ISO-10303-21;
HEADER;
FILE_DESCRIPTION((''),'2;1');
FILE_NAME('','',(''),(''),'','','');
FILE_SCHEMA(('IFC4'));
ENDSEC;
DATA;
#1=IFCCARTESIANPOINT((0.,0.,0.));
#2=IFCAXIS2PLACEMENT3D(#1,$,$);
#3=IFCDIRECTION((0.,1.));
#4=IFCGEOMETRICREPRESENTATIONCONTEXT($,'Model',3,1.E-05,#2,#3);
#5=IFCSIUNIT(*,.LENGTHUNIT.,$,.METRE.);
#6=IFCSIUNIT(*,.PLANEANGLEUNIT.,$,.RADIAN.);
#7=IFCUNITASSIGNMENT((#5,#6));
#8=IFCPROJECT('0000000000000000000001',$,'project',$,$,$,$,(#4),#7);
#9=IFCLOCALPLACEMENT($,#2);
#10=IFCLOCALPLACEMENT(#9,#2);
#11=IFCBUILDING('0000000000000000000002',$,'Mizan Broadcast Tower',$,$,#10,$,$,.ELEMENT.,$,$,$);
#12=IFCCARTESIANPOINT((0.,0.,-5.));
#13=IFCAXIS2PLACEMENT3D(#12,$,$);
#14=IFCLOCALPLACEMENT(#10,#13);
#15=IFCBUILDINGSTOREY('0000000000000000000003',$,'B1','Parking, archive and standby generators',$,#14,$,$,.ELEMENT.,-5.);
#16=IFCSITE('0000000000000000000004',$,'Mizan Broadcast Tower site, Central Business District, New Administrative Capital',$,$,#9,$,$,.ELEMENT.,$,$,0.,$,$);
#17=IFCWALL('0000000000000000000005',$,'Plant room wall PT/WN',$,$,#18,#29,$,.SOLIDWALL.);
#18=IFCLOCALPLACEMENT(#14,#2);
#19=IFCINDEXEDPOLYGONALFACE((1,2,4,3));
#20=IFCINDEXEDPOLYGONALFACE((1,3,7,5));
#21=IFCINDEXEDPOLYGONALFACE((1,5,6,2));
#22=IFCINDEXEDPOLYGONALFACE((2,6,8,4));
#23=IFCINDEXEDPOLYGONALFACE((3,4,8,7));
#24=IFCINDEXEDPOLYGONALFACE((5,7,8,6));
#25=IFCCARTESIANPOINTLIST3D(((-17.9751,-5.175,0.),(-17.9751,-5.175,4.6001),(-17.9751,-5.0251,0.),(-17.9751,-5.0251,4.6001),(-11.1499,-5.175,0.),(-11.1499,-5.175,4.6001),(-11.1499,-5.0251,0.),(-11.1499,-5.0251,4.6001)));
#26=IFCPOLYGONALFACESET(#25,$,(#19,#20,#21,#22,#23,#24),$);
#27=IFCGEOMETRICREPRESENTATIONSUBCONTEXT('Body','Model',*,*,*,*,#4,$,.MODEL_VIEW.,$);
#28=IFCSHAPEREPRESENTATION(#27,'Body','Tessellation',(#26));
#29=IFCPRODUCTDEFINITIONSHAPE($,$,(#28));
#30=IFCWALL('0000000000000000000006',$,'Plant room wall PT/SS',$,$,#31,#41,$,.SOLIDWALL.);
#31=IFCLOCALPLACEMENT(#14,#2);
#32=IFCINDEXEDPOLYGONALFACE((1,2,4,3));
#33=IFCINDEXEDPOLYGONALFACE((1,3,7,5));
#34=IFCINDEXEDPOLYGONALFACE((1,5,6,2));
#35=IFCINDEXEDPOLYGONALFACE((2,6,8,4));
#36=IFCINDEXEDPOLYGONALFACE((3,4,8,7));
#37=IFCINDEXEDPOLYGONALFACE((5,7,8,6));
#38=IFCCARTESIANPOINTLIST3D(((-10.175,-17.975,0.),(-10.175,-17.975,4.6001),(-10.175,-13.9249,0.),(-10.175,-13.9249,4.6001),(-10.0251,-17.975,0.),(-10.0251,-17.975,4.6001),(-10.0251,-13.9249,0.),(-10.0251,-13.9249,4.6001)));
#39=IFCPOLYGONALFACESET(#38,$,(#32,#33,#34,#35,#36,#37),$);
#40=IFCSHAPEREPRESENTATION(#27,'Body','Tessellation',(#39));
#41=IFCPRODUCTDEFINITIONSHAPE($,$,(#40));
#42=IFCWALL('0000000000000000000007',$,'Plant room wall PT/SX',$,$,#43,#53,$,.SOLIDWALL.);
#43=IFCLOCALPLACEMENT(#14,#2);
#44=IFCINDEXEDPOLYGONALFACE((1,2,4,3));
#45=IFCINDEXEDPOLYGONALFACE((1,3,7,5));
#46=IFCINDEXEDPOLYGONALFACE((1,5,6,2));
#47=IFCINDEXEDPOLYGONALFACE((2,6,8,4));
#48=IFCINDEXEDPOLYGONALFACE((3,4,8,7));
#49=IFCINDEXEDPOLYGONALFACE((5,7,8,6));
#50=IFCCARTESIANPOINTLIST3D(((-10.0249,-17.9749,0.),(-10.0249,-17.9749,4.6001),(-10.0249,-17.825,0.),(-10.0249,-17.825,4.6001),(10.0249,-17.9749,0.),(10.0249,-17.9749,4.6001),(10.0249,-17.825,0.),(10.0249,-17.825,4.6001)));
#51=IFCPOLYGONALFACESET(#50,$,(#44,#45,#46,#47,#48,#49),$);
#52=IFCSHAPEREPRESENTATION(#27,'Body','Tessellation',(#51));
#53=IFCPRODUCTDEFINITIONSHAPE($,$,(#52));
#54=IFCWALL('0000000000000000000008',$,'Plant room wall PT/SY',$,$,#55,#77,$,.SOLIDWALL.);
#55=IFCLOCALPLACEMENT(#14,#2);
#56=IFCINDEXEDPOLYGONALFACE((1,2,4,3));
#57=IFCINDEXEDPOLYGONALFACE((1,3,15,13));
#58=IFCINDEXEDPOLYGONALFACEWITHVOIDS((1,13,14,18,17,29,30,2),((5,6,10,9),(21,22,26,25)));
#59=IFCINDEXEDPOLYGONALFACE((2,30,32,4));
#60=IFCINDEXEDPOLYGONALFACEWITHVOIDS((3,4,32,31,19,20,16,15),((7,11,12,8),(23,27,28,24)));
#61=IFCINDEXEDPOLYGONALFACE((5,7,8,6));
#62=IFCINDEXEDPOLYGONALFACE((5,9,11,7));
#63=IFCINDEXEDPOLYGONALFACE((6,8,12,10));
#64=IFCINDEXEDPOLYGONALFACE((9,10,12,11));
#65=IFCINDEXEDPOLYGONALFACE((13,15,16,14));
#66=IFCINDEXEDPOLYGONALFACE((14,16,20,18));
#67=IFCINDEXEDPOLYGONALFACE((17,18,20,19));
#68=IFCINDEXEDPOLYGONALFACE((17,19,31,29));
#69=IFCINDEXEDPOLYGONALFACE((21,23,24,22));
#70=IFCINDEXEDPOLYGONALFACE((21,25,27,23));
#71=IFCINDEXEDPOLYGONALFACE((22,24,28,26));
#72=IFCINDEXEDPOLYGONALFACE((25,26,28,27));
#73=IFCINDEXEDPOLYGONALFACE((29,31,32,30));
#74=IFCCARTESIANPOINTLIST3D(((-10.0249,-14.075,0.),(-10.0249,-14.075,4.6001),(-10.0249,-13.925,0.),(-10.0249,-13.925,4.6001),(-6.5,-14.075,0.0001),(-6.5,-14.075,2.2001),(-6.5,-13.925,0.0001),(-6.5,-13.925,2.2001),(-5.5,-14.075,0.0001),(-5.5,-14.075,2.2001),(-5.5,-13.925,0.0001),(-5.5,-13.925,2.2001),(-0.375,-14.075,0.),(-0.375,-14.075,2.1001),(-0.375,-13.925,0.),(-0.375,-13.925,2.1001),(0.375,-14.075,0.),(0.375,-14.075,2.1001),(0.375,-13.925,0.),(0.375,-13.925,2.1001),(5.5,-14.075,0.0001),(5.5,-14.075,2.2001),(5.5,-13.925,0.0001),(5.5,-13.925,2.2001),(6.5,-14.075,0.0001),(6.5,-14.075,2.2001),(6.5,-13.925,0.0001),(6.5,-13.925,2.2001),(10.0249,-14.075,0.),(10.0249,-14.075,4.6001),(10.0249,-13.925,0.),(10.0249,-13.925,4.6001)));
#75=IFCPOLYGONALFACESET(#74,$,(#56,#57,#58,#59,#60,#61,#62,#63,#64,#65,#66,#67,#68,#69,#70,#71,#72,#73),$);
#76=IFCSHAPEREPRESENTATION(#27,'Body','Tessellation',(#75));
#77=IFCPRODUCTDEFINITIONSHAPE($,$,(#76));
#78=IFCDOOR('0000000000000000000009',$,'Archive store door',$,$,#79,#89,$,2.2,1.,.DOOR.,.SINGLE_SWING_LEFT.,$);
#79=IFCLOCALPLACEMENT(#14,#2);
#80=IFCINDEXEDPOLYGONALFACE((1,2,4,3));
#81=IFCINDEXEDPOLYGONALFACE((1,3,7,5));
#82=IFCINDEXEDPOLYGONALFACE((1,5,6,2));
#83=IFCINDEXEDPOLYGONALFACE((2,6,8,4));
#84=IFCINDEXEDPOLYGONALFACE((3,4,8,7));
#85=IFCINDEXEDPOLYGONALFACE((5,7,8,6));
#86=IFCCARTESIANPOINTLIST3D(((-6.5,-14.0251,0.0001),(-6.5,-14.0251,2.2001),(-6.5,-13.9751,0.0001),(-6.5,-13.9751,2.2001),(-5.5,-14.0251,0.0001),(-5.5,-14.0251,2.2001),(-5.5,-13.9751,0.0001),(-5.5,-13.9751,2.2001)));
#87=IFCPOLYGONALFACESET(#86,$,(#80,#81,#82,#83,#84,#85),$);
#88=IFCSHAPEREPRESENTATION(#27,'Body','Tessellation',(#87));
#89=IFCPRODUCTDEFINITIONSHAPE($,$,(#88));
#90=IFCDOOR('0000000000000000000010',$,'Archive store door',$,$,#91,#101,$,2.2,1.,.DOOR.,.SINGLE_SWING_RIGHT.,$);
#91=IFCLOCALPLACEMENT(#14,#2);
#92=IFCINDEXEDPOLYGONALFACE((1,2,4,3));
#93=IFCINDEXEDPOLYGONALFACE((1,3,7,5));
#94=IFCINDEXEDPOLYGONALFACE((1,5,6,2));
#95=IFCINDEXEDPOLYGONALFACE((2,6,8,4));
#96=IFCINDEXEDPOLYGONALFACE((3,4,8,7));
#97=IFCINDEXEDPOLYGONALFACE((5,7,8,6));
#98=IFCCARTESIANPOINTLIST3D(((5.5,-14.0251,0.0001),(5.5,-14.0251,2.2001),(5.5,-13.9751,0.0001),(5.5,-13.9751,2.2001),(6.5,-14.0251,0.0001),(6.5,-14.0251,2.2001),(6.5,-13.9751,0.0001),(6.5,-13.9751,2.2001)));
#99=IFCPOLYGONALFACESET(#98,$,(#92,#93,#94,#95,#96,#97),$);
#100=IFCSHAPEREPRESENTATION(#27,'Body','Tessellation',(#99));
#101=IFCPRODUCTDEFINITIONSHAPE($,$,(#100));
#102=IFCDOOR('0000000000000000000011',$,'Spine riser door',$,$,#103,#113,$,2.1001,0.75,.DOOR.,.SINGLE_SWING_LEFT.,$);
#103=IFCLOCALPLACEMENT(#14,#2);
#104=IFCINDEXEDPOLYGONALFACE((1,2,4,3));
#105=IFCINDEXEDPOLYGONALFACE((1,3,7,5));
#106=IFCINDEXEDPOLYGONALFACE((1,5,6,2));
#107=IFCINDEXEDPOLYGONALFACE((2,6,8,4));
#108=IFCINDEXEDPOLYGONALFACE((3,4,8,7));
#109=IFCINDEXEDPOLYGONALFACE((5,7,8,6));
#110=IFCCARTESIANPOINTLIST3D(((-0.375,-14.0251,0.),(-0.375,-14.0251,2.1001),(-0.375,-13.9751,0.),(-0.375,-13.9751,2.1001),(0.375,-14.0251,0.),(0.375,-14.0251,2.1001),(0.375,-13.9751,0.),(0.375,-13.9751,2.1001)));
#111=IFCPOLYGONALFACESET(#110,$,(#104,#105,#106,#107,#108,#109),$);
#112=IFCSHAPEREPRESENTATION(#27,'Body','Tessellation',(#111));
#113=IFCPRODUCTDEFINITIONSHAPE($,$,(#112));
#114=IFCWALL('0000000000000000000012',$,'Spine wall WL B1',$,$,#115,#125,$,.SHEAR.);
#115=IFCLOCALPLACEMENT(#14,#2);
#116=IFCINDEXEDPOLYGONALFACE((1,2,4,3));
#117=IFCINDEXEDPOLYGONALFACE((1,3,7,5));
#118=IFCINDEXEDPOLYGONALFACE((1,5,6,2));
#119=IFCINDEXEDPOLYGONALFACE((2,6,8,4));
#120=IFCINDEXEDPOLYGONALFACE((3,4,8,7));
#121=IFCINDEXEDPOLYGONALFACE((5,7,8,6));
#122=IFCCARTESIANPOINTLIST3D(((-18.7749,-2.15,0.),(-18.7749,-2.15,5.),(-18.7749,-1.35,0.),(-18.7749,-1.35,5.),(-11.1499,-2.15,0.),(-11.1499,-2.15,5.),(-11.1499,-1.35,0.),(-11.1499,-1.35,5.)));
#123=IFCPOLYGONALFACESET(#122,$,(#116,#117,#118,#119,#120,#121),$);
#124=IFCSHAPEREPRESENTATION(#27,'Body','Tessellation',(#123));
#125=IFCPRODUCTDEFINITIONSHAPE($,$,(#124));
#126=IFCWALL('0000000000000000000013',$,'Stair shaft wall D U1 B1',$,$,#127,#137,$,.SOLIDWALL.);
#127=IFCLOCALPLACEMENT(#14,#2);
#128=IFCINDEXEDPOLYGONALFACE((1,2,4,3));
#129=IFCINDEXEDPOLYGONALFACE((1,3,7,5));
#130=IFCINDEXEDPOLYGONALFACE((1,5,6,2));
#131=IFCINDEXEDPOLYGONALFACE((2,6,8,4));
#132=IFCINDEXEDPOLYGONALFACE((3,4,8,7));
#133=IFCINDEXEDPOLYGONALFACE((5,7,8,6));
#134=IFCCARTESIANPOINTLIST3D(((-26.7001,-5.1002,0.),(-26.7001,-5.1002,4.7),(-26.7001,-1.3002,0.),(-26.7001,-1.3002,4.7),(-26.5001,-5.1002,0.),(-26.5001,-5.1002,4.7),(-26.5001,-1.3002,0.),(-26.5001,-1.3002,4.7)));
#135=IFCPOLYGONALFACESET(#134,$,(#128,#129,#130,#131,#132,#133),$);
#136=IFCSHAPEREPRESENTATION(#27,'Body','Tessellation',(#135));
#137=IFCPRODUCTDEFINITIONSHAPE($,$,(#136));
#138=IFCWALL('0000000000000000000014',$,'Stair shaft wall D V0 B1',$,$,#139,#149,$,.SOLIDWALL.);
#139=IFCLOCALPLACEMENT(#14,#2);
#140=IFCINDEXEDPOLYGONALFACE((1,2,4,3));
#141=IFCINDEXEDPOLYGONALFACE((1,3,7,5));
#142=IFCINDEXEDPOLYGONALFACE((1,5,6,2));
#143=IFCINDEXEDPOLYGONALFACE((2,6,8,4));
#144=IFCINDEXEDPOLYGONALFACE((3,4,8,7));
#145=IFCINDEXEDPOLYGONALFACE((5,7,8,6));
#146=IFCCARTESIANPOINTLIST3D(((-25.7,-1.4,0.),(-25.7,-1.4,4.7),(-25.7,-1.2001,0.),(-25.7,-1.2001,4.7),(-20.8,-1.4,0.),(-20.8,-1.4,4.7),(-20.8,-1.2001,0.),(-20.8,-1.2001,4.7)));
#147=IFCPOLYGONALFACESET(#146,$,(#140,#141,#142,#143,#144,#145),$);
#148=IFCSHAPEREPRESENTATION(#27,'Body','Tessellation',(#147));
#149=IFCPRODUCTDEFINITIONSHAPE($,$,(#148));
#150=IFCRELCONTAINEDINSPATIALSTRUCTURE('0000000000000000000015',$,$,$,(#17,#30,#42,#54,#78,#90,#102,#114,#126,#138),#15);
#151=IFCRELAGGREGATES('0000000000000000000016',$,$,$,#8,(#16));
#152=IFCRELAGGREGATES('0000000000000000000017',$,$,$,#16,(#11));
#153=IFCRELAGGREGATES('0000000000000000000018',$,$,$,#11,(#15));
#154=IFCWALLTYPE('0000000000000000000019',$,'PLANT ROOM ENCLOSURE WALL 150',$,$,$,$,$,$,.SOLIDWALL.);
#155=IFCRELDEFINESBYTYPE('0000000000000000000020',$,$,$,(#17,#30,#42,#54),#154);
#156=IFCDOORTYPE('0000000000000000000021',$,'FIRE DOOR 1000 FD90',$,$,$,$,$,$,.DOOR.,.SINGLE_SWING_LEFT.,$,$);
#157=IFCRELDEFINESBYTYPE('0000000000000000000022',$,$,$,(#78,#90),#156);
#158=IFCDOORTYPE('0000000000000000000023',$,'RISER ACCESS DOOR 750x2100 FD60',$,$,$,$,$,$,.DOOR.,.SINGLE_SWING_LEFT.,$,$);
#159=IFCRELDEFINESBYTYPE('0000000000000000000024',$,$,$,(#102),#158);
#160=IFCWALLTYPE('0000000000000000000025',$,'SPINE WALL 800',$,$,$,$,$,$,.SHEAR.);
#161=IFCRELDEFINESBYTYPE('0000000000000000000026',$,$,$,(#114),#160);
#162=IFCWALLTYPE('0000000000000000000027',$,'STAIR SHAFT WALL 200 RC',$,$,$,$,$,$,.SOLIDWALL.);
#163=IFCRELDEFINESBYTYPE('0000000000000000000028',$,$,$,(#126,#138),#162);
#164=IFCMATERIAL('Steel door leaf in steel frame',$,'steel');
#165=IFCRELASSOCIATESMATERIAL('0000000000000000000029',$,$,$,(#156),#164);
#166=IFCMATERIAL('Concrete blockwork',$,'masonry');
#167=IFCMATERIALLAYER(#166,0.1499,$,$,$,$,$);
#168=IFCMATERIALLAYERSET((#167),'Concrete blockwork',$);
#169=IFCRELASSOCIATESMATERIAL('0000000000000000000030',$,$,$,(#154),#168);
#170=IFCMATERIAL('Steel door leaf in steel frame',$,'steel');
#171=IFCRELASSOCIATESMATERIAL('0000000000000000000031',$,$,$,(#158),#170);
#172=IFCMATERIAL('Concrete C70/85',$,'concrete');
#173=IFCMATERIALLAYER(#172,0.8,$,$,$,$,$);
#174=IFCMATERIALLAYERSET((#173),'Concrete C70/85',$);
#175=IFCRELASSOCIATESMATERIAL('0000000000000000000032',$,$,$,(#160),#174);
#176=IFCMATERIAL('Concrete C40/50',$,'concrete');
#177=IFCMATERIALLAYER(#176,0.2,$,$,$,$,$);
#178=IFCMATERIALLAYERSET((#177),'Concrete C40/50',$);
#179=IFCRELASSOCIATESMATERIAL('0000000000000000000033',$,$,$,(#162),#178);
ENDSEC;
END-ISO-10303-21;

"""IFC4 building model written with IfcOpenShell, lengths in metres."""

from ifc_helpers import new_model, si_unit, direction, frame, frame_2d, origin, place, context, subcontext, project, spatial, rectangle, extrude, material, layer, layer_set, type_object, element, fill, save


model = new_model("IFC4")

# Units and contexts
model_context = context("Model", 3, precision=1e-05, world=origin(), true_north=direction((0.0, 1.0)))
body_context = subcontext(model_context, "Body", "Model", "MODEL_VIEW")
ifc_project = project(units=[si_unit("LENGTHUNIT", "METRE"), si_unit("PLANEANGLEUNIT", "RADIAN")], contexts=[model_context])

# Site, building, storey
site_placement = place(None, origin())
site = spatial("IfcSite", under=ifc_project, at=site_placement, Name="Mizan Broadcast Tower site, Central Business District, New Administrative Capital", CompositionType="ELEMENT", RefElevation=0.0)
building_placement = place(site_placement, origin())
building = spatial("IfcBuilding", under=site, at=building_placement, Name="Mizan Broadcast Tower", CompositionType="ELEMENT")
storey_placement = place(building_placement, frame((0.0, 0.0, -5.0)))
storey = spatial("IfcBuildingStorey", under=building, at=storey_placement, Name="B1", Description="Parking, archive and standby generators", CompositionType="ELEMENT", Elevation=-5.0)

# Shared definitions
ifc_material_1 = material(Name="Steel door leaf in steel frame", Category="steel")
door_type_1 = type_object("IfcDoorType", Name="FIRE DOOR 1000 FD90", OperationType="SINGLE_SWING_LEFT", PredefinedType="DOOR", material=ifc_material_1)

# Walls
ifc_material_2 = material(Name="Concrete blockwork", Category="masonry")
ifc_layer_1 = layer(ifc_material_2, 0.1499)
ifc_layer_set_1 = layer_set([ifc_layer_1], Name="Concrete blockwork")
wall_type_1 = type_object("IfcWallType", Name="PLANT ROOM ENCLOSURE WALL 150", PredefinedType="SOLIDWALL", material=ifc_layer_set_1)
wall_1_placement = place(storey_placement, frame((-11.1499, -5.1001, 0.0), z_axis=(0.0, 0.0, 1.0), x_axis=(-1.0, 0.0, 0.0)))
element("IfcWall", 1, at=wall_1_placement, inside=storey, type_object=wall_type_1, Name="Plant room wall PT/WN", PredefinedType="SOLIDWALL", context=body_context, shape_type="SweptSolid", body=[
    extrude(rectangle(XDim=6.8252, YDim=0.1499, at=frame_2d((3.4126, 0.0))), origin(), (0.0, 0.0, 1.0), 4.6001),
])
wall_2_placement = place(storey_placement, frame((-10.1001, -13.925, 0.0), z_axis=(0.0, 0.0, 1.0), x_axis=(0.0, -1.0, 0.0)))
element("IfcWall", 2, at=wall_2_placement, inside=storey, type_object=wall_type_1, Name="Plant room wall PT/SS", PredefinedType="SOLIDWALL", context=body_context, shape_type="SweptSolid", body=[
    extrude(rectangle(XDim=4.05, YDim=0.1499, at=frame_2d((2.0249, 0.0))), origin(), (0.0, 0.0, 1.0), 4.6001),
])
wall_3_placement = place(storey_placement, frame((-10.0249, -17.8999, 0.0), z_axis=(0.0, 0.0, 1.0), x_axis=(1.0, 0.0, 0.0)))
element("IfcWall", 3, at=wall_3_placement, inside=storey, type_object=wall_type_1, Name="Plant room wall PT/SX", PredefinedType="SOLIDWALL", context=body_context, shape_type="SweptSolid", body=[
    extrude(rectangle(XDim=20.0498, YDim=0.1499, at=frame_2d((10.0249, 0.0))), origin(), (0.0, 0.0, 1.0), 4.6001),
])

# Wall, openings, doors
wall_4_placement = place(storey_placement, frame((-10.0249, -14.0, 0.0), z_axis=(0.0, 0.0, 1.0), x_axis=(1.0, 0.0, 0.0)))
wall_4 = element("IfcWall", 4, at=wall_4_placement, inside=storey, type_object=wall_type_1, Name="Plant room wall PT/SY", PredefinedType="SOLIDWALL", context=body_context, shape_type="SweptSolid", body=[
    extrude(rectangle(XDim=20.0498, YDim=0.1499, at=frame_2d((10.0249, 0.0))), origin(), (0.0, 0.0, 1.0), 4.6001),
])
opening_1_placement = place(wall_4_placement, frame((9.6499, 0.0, 0.0)))
opening_1 = element("IfcOpeningElement", 5, at=opening_1_placement, cuts=wall_4, PredefinedType="OPENING", context=body_context, shape_type="SweptSolid", body=[
    extrude(rectangle(XDim=0.75, YDim=2.1001, at=frame_2d((0.375, 1.05))), frame((0.0, 0.085, 0.0), z_axis=(0.0, -1.0, 0.0), x_axis=(1.0, 0.0, 0.0)), (0.0, 0.0, 1.0), 0.1699),
])
opening_2_placement = place(wall_4_placement, frame((3.5249, 0.0, 0.0)))
opening_2 = element("IfcOpeningElement", 6, at=opening_2_placement, cuts=wall_4, PredefinedType="OPENING", context=body_context, shape_type="SweptSolid", body=[
    extrude(rectangle(XDim=1.0, YDim=2.2, at=frame_2d((0.5, 1.1001))), frame((0.0, 0.085, 0.0), z_axis=(0.0, -1.0, 0.0), x_axis=(1.0, 0.0, 0.0)), (0.0, 0.0, 1.0), 0.1699),
])
opening_3_placement = place(wall_4_placement, frame((15.5249, 0.0, 0.0)))
opening_3 = element("IfcOpeningElement", 7, at=opening_3_placement, cuts=wall_4, PredefinedType="OPENING", context=body_context, shape_type="SweptSolid", body=[
    extrude(rectangle(XDim=1.0, YDim=2.2, at=frame_2d((0.5, 1.1001))), frame((0.0, 0.085, 0.0), z_axis=(0.0, -1.0, 0.0), x_axis=(1.0, 0.0, 0.0)), (0.0, 0.0, 1.0), 0.1699),
])
door_1_placement = place(opening_2_placement, origin())
door_1 = element("IfcDoor", 8, at=door_1_placement, inside=storey, type_object=door_type_1, Name="Archive store door", OperationType="SINGLE_SWING_LEFT", OverallHeight=2.2, OverallWidth=1.0, PredefinedType="DOOR", context=body_context, shape_type="SweptSolid", body=[
    extrude(rectangle(XDim=1.0, YDim=2.2, at=frame_2d((0.5, 1.1001))), frame((0.0, 0.0249, 0.0), z_axis=(0.0, -1.0, 0.0), x_axis=(1.0, 0.0, 0.0)), (0.0, 0.0, 1.0), 0.05),
])
fill(opening_2, door_1)
door_2_placement = place(opening_3_placement, origin())
door_2 = element("IfcDoor", 9, at=door_2_placement, inside=storey, type_object=door_type_1, Name="Archive store door", OperationType="SINGLE_SWING_RIGHT", OverallHeight=2.2, OverallWidth=1.0, PredefinedType="DOOR", context=body_context, shape_type="SweptSolid", body=[
    extrude(rectangle(XDim=1.0, YDim=2.2, at=frame_2d((0.5, 1.1001))), frame((0.0, 0.0249, 0.0), z_axis=(0.0, -1.0, 0.0), x_axis=(1.0, 0.0, 0.0)), (0.0, 0.0, 1.0), 0.05),
])
fill(opening_3, door_2)
ifc_material_3 = material(Name="Steel door leaf in steel frame", Category="steel")
door_type_2 = type_object("IfcDoorType", Name="RISER ACCESS DOOR 750x2100 FD60", OperationType="SINGLE_SWING_LEFT", PredefinedType="DOOR", material=ifc_material_3)
door_3_placement = place(opening_1_placement, origin())
door_3 = element("IfcDoor", 10, at=door_3_placement, inside=storey, type_object=door_type_2, Name="Spine riser door", OperationType="SINGLE_SWING_LEFT", OverallHeight=2.1001, OverallWidth=0.75, PredefinedType="DOOR", context=body_context, shape_type="SweptSolid", body=[
    extrude(rectangle(XDim=0.75, YDim=2.1001, at=frame_2d((0.375, 1.05))), frame((0.0, 0.0249, 0.0), z_axis=(0.0, -1.0, 0.0), x_axis=(1.0, 0.0, 0.0)), (0.0, 0.0, 1.0), 0.05),
])
fill(opening_1, door_3)

# Walls
ifc_material_4 = material(Name="Concrete C70/85", Category="concrete")
ifc_layer_2 = layer(ifc_material_4, 0.8)
ifc_layer_set_2 = layer_set([ifc_layer_2], Name="Concrete C70/85")
wall_type_2 = type_object("IfcWallType", Name="SPINE WALL 800", PredefinedType="SHEAR", material=ifc_layer_set_2)
wall_5_placement = place(storey_placement, frame((-11.1499, -1.75, 0.0), z_axis=(0.0, 0.0, 1.0), x_axis=(-1.0, 0.0, 0.0)))
element("IfcWall", 11, at=wall_5_placement, inside=storey, type_object=wall_type_2, Name="Spine wall WL B1", PredefinedType="SHEAR", context=body_context, shape_type="SweptSolid", body=[
    extrude(rectangle(XDim=7.625, YDim=0.8, at=frame_2d((3.8125, 0.0))), origin(), (0.0, 0.0, 1.0), 5.0),
])
ifc_material_5 = material(Name="Concrete C40/50", Category="concrete")
ifc_layer_3 = layer(ifc_material_5, 0.2)
ifc_layer_set_3 = layer_set([ifc_layer_3], Name="Concrete C40/50")
wall_type_3 = type_object("IfcWallType", Name="STAIR SHAFT WALL 200 RC", PredefinedType="SOLIDWALL", material=ifc_layer_set_3)
wall_6_placement = place(storey_placement, frame((-26.6001, -5.1001, 0.0), z_axis=(0.0, 0.0, 1.0), x_axis=(0.0, 1.0, 0.0)))
element("IfcWall", 12, at=wall_6_placement, inside=storey, type_object=wall_type_3, Name="Stair shaft wall D U1 B1", PredefinedType="SOLIDWALL", context=body_context, shape_type="SweptSolid", body=[
    extrude(rectangle(XDim=3.8, YDim=0.2, at=frame_2d((1.8999, 0.0))), origin(), (0.0, 0.0, 1.0), 4.7),
])
wall_7_placement = place(storey_placement, frame((-20.8, -1.3, 0.0), z_axis=(0.0, 0.0, 1.0), x_axis=(-1.0, 0.0, 0.0)))
element("IfcWall", 13, at=wall_7_placement, inside=storey, type_object=wall_type_3, Name="Stair shaft wall D V0 B1", PredefinedType="SOLIDWALL", context=body_context, shape_type="SweptSolid", body=[
    extrude(rectangle(XDim=4.8999, YDim=0.2, at=frame_2d((2.45, 0.0))), origin(), (0.0, 0.0, 1.0), 4.7),
])

save(model, "model.ifc")
